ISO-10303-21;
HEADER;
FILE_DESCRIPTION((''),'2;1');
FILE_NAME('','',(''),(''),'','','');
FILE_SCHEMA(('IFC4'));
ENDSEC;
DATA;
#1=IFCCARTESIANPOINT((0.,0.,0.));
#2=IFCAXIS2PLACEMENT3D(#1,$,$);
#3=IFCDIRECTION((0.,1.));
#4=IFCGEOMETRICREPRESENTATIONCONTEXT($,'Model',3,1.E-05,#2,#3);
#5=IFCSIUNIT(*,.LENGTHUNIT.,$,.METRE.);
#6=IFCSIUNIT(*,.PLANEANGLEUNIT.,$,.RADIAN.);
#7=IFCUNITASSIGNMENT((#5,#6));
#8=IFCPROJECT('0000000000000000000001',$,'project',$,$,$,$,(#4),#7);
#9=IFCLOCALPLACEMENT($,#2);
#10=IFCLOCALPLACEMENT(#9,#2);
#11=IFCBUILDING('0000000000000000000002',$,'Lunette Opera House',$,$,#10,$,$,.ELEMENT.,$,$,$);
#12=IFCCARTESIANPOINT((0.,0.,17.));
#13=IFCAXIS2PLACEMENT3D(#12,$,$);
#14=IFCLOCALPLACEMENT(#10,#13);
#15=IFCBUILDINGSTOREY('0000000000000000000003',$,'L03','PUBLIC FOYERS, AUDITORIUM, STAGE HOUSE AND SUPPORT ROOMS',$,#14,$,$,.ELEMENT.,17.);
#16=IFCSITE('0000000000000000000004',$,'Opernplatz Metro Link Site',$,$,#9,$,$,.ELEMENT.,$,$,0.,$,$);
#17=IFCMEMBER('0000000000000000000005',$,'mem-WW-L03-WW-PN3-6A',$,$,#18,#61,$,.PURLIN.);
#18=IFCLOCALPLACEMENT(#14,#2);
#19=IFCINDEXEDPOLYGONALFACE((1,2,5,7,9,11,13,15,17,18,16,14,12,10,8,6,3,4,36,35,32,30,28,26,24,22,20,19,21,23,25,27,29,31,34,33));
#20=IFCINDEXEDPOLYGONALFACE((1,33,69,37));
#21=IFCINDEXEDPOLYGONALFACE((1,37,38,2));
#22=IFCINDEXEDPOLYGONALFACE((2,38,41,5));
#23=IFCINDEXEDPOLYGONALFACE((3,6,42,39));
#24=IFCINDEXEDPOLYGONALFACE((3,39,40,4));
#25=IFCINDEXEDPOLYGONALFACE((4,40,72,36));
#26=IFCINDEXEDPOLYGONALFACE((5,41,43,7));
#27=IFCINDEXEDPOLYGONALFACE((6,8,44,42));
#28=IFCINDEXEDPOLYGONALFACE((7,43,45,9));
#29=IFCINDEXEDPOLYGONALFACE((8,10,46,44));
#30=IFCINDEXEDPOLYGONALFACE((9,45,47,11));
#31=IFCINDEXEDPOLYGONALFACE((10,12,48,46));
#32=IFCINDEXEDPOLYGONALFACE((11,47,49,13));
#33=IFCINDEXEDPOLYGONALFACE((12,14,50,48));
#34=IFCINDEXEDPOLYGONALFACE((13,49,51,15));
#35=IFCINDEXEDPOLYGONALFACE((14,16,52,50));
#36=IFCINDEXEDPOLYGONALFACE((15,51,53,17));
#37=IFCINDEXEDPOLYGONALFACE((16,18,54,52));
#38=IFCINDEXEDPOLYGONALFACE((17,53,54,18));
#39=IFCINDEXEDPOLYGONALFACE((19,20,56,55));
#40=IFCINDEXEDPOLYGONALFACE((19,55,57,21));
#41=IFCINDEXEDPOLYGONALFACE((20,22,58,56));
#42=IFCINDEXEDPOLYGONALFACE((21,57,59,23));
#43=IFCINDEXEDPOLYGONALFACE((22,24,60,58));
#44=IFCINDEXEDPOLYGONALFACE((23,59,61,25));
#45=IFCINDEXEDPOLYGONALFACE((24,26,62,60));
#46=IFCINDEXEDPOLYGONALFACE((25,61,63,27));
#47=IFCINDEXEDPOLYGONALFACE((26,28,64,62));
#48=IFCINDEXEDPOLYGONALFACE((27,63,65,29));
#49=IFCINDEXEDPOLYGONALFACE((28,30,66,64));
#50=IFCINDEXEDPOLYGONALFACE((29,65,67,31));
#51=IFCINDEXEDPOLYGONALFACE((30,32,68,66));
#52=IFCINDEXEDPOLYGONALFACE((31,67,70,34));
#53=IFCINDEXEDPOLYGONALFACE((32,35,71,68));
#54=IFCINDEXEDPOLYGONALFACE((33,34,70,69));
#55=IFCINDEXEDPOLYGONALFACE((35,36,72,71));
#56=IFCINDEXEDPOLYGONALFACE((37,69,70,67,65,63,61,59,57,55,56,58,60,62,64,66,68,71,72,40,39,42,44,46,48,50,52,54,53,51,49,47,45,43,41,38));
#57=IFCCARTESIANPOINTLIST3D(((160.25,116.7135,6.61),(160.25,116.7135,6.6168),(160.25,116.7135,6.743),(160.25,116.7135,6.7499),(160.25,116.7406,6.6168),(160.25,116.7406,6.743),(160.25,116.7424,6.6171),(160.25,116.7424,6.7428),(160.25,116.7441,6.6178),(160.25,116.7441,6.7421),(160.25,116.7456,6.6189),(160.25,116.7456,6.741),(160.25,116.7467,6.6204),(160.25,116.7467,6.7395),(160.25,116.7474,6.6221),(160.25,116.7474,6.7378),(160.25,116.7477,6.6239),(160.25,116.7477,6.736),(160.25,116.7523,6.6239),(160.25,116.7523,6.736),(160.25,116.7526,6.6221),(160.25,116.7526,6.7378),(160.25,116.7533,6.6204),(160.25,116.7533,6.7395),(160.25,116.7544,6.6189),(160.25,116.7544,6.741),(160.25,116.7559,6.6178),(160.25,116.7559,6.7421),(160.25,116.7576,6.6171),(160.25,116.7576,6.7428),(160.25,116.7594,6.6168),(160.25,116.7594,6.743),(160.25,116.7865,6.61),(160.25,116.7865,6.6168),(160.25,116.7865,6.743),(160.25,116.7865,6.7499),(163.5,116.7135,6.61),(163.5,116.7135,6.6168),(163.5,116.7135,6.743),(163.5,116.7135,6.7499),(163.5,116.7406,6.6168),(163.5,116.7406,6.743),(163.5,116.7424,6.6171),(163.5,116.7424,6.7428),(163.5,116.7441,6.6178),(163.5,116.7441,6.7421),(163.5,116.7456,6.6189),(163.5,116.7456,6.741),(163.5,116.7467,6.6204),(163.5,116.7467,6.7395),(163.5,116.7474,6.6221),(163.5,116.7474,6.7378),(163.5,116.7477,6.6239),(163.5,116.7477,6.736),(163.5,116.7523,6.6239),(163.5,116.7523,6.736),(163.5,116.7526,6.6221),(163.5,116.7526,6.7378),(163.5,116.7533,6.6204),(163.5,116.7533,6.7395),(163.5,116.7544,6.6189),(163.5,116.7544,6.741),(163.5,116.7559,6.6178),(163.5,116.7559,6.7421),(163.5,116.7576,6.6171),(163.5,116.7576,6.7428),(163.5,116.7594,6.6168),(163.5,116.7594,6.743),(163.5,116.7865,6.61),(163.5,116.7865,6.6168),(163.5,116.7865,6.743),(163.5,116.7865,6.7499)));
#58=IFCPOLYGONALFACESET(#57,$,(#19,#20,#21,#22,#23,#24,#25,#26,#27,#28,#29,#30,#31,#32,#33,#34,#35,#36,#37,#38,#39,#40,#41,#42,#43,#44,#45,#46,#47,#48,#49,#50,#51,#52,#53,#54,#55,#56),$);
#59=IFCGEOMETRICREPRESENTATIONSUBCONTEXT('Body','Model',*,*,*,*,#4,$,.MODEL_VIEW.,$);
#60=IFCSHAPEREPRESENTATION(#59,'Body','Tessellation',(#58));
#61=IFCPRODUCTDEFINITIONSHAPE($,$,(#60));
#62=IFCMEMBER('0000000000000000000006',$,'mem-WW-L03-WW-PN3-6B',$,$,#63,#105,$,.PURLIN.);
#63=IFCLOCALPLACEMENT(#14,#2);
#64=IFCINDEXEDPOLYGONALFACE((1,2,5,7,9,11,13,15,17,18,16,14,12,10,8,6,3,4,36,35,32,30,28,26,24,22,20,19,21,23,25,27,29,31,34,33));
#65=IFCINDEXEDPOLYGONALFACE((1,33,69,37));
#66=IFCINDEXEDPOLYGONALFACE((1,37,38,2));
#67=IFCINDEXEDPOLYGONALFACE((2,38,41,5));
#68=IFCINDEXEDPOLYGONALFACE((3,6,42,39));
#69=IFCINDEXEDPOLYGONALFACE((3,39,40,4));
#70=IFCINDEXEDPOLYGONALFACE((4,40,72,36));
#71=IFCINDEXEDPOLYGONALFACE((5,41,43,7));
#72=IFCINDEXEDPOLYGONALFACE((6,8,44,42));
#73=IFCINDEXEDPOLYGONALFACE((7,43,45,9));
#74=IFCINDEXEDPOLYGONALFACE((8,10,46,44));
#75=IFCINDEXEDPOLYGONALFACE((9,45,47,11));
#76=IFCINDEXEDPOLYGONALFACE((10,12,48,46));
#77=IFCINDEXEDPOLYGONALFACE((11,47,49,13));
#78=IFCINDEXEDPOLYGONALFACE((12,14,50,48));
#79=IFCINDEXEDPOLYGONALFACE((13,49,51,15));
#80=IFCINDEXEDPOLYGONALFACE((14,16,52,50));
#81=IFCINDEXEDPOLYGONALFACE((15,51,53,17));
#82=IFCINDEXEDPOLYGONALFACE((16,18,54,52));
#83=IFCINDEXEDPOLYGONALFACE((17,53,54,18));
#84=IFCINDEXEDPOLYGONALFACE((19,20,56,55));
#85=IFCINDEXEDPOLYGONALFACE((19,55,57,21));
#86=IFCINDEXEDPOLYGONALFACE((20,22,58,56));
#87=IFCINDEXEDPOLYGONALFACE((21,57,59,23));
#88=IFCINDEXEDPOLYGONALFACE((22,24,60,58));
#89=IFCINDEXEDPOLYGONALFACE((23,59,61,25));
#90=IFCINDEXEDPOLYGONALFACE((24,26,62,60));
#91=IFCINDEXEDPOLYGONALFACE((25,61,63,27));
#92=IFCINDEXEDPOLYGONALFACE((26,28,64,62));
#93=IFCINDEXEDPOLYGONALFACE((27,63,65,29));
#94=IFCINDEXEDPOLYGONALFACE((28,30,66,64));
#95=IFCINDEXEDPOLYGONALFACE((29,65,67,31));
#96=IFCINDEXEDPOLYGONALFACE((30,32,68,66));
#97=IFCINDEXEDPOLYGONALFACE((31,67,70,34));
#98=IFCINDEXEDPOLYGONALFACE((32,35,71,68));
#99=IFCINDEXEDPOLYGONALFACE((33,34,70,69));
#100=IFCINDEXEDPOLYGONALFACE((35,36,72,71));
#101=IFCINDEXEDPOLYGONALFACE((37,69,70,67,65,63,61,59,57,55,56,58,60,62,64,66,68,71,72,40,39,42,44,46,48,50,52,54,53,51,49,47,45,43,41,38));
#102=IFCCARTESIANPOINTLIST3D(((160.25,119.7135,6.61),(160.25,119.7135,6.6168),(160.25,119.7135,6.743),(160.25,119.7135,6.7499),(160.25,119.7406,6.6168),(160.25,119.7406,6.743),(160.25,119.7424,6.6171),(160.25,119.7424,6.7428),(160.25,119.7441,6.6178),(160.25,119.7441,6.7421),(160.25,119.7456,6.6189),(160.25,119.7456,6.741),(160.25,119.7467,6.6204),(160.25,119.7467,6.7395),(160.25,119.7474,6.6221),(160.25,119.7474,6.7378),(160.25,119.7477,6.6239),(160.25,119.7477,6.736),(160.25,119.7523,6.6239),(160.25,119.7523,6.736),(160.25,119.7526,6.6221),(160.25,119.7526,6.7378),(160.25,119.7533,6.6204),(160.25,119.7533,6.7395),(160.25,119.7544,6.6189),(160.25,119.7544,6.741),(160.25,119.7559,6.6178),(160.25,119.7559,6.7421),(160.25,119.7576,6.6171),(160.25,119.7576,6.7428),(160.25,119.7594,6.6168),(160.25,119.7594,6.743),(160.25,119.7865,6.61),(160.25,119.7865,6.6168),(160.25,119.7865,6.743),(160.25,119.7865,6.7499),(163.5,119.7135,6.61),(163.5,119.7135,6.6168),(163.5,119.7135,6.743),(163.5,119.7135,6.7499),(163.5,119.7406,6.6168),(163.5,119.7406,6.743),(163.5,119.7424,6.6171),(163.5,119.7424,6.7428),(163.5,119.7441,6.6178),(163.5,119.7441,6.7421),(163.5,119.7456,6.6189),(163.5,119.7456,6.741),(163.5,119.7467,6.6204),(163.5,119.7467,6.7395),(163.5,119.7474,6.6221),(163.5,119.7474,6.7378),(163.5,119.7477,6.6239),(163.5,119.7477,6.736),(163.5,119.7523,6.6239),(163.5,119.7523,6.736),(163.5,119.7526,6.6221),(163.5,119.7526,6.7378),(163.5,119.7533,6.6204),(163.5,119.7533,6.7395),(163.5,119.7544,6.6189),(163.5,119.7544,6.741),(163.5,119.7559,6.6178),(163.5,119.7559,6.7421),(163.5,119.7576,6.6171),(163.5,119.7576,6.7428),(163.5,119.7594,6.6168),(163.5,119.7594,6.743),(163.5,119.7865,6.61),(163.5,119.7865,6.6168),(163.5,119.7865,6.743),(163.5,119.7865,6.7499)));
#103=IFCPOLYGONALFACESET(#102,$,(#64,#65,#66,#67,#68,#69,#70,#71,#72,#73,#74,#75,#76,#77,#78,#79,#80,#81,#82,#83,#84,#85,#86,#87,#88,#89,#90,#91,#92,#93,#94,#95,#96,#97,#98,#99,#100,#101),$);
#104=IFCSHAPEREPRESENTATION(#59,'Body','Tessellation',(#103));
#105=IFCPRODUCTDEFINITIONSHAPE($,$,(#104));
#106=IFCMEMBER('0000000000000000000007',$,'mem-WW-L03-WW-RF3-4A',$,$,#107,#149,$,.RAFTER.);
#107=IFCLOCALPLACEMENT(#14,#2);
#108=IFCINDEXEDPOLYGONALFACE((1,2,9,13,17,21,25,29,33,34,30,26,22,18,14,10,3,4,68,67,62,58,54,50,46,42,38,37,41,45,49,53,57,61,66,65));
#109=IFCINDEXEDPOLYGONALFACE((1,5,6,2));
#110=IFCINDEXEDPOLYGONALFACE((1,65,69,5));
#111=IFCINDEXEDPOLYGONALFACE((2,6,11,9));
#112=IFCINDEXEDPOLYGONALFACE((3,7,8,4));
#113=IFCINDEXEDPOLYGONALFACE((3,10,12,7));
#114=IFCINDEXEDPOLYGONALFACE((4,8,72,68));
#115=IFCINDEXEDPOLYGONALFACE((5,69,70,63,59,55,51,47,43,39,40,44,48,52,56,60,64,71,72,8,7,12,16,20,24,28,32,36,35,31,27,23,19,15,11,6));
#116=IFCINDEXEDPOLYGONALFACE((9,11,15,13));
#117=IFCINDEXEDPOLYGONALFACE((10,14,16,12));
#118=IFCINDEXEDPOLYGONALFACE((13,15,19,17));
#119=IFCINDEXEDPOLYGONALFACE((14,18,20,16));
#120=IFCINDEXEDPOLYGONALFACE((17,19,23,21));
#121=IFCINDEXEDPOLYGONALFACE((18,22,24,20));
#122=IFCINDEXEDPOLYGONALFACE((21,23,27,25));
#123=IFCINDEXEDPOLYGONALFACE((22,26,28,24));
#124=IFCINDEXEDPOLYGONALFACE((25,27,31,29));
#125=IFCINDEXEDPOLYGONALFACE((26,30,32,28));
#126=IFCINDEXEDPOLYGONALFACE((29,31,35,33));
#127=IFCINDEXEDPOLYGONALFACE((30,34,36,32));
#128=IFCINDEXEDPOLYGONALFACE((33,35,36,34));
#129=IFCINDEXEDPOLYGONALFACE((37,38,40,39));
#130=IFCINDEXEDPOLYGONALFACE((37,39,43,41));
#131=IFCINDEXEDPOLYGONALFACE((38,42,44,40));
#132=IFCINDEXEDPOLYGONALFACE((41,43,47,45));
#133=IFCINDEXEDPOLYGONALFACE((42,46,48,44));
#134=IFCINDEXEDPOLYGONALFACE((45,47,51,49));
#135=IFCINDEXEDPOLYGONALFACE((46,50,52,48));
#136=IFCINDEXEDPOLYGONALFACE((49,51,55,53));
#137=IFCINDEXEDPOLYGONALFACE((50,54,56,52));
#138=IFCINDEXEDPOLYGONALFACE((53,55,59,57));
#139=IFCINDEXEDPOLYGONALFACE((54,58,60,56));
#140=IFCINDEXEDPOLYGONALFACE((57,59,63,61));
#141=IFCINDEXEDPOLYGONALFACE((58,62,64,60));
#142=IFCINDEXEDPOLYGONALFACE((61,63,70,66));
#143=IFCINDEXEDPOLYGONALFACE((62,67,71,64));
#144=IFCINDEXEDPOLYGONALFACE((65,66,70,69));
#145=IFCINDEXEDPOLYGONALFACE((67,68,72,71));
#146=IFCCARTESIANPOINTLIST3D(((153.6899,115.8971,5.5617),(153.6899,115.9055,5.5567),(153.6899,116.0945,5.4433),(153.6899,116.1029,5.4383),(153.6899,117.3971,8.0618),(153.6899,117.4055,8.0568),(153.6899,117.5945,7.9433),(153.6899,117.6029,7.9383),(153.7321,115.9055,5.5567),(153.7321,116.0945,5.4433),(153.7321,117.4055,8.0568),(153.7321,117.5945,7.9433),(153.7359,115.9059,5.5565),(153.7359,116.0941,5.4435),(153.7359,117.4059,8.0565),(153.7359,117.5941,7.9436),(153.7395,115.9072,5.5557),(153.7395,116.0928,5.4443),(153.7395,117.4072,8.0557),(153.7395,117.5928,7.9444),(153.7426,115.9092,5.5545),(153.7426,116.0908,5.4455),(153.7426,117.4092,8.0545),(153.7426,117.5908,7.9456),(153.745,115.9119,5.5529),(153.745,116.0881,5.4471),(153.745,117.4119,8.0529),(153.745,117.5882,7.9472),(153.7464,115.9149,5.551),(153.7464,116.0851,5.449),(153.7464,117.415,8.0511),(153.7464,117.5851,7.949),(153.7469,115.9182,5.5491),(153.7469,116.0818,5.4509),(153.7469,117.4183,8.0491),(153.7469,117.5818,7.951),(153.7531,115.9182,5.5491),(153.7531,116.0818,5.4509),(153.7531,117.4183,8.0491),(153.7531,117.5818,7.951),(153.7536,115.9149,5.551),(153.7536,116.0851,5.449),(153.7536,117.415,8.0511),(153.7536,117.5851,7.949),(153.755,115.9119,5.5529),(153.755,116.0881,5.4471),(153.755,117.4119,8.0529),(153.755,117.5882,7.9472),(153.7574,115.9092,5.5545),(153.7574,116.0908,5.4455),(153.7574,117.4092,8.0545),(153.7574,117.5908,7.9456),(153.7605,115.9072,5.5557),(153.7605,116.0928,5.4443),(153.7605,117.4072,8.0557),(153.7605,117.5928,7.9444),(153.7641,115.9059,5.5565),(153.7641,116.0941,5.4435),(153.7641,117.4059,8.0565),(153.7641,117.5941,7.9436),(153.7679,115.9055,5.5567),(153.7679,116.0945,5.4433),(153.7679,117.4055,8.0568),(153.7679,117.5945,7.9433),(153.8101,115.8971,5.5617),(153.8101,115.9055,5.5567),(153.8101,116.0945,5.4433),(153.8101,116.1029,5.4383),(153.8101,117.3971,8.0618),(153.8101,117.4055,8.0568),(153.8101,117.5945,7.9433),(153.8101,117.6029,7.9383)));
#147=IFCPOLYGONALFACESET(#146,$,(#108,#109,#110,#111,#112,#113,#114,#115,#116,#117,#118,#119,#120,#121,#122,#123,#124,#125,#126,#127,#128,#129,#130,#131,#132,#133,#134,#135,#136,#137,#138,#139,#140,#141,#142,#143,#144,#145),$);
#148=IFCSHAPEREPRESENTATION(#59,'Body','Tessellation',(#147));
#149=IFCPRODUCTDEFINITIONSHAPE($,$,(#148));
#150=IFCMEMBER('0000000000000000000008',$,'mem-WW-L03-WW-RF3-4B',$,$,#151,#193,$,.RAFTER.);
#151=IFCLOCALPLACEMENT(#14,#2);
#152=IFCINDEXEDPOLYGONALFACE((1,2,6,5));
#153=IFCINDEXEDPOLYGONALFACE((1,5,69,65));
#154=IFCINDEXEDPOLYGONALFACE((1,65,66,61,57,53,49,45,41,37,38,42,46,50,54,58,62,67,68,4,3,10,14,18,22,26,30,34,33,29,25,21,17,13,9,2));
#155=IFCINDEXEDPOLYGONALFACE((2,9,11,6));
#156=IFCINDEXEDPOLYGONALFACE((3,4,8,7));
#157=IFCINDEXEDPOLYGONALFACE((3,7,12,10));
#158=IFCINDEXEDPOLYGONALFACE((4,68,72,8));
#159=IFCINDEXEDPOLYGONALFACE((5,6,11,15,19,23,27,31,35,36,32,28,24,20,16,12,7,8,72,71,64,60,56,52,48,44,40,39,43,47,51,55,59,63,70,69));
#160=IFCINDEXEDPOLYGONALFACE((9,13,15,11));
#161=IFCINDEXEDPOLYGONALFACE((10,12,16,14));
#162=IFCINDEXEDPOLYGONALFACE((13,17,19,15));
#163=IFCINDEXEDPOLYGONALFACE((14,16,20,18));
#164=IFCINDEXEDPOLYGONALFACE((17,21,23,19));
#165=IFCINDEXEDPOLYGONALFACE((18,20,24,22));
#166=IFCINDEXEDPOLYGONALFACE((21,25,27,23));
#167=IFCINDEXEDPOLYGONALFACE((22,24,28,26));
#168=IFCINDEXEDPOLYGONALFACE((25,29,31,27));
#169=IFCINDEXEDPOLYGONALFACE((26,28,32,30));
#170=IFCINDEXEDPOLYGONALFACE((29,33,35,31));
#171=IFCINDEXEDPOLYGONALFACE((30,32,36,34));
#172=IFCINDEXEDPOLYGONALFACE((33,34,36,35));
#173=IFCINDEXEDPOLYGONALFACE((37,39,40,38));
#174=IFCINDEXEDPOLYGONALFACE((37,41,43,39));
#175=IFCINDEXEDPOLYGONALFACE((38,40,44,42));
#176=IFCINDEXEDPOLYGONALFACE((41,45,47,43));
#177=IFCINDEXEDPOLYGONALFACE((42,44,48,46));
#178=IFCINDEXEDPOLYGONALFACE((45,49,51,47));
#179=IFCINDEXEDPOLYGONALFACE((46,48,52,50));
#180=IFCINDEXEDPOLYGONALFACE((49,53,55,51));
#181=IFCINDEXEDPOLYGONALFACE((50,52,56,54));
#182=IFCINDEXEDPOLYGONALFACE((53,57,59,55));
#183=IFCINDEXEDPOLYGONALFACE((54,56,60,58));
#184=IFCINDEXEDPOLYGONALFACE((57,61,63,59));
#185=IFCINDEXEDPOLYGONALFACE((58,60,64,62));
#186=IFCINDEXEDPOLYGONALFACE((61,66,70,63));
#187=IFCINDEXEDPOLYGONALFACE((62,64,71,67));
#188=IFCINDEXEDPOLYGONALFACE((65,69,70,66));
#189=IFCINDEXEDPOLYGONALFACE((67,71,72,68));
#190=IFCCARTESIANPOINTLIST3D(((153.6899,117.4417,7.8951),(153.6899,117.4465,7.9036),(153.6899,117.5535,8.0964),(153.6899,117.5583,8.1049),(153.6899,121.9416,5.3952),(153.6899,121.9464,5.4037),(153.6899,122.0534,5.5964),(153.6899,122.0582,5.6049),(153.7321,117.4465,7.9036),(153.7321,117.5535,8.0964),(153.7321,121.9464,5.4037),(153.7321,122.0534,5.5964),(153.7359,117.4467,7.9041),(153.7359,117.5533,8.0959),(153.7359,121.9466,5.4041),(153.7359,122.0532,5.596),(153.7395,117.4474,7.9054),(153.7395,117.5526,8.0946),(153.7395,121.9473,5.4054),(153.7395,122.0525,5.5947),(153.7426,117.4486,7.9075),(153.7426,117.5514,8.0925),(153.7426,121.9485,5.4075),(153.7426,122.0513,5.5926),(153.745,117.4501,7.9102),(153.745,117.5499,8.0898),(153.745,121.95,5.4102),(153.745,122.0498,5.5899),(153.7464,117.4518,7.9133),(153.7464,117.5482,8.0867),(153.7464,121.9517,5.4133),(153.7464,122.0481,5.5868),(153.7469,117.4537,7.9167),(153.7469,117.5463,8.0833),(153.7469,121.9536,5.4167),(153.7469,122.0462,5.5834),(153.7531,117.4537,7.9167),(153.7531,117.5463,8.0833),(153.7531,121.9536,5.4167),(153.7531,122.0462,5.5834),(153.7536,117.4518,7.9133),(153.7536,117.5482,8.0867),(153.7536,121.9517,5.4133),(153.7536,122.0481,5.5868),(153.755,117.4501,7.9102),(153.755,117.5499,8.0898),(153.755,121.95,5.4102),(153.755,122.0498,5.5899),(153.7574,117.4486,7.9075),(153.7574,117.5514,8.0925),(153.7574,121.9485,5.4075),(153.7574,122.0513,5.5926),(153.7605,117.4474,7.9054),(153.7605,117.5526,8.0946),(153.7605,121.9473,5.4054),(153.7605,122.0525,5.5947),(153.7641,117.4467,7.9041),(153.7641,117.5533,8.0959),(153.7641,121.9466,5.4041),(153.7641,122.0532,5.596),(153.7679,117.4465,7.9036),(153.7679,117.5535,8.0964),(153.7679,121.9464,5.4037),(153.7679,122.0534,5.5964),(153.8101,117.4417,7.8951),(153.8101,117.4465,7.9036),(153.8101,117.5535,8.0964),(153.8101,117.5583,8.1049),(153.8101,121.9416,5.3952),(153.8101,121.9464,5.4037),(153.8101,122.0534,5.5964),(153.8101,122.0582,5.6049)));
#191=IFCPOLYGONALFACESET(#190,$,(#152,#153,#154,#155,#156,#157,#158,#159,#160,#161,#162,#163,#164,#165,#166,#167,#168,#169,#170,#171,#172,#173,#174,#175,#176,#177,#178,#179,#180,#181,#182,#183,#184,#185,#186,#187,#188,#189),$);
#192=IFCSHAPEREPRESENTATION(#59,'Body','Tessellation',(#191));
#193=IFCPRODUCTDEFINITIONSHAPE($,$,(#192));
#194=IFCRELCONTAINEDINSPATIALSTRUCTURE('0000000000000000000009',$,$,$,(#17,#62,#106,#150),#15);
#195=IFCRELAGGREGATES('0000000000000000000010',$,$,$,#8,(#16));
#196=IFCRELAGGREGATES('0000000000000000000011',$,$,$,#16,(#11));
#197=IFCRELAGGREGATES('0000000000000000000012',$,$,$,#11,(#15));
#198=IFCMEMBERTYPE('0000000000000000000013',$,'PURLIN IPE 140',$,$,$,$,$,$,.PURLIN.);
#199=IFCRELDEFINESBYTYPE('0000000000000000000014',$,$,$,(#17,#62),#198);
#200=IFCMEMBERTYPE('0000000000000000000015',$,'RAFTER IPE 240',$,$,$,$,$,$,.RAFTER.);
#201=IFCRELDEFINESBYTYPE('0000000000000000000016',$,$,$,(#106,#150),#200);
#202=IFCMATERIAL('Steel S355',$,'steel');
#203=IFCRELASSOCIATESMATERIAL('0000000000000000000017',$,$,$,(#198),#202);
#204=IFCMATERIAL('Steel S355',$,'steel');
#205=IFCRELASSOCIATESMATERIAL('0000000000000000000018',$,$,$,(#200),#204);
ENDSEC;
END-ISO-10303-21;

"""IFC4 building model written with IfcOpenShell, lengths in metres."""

from ifc_helpers import new_model, si_unit, direction, frame, origin, origin_2d, place, context, subcontext, project, spatial, i_section, extrude, material, material_profile, profile_set, type_object, element, save


model = new_model("IFC4")

# Units and contexts
model_context = context("Model", 3, precision=1e-05, world=origin(), true_north=direction((0.0, 1.0)))
body_context = subcontext(model_context, "Body", "Model", "MODEL_VIEW")
ifc_project = project(units=[si_unit("LENGTHUNIT", "METRE"), si_unit("PLANEANGLEUNIT", "RADIAN")], contexts=[model_context])

# Site, building, storey
site_placement = place(None, origin())
site = spatial("IfcSite", under=ifc_project, at=site_placement, Name="Opernplatz Metro Link Site", CompositionType="ELEMENT", RefElevation=0.0)
building_placement = place(site_placement, origin())
building = spatial("IfcBuilding", under=site, at=building_placement, Name="Lunette Opera House", CompositionType="ELEMENT")
storey_placement = place(building_placement, frame((0.0, 0.0, 17.0)))
storey = spatial("IfcBuildingStorey", under=building, at=storey_placement, Name="L03", Description="PUBLIC FOYERS, AUDITORIUM, STAGE HOUSE AND SUPPORT ROOMS", CompositionType="ELEMENT", Elevation=17.0)

# Members
ifc_material_1 = material(Name="Steel S355", Category="steel")
ifc_material_profile_1 = material_profile(ifc_material_1, i_section(OverallWidth=0.073, OverallDepth=0.1399, WebThickness=0.0046, FlangeThickness=0.0068, FilletRadius=0.0071, at=origin_2d()), Name="IPE 140")
ifc_profile_set_1 = profile_set([ifc_material_profile_1], Name="Steel S355")
member_type_1 = type_object("IfcMemberType", Name="PURLIN IPE 140", PredefinedType="PURLIN", material=ifc_profile_set_1)
for number, where, z_axis, x_axis, name in (
    (1, (160.25, 116.75, 6.6799), (1.0, 0.0, 0.0), (0.0, 1.0, 0.0), "mem-WW-L03-WW-PN3-6A"),
    (2, (160.25, 119.75, 6.6799), (1.0, 0.0, 0.0), (0.0, 1.0, 0.0), "mem-WW-L03-WW-PN3-6B"),
):
    element("IfcMember", number, at=place(storey_placement, frame(where, z_axis=z_axis, x_axis=x_axis)), inside=storey, type_object=member_type_1, Name=name, PredefinedType="PURLIN", context=body_context, shape_type="SweptSolid", body=[
        extrude(i_section(OverallWidth=0.073, OverallDepth=0.1399, WebThickness=0.0046, FlangeThickness=0.0068, FilletRadius=0.0071, at=origin_2d()), origin(), (0.0, 0.0, 1.0), 3.25),
    ])
ifc_material_2 = material(Name="Steel S355", Category="steel")
ifc_material_profile_2 = material_profile(ifc_material_2, i_section(OverallWidth=0.1201, OverallDepth=0.24, WebThickness=0.0061, FlangeThickness=0.0098, FilletRadius=0.0149, at=origin_2d()), Name="IPE 240")
ifc_profile_set_2 = profile_set([ifc_material_profile_2], Name="Steel S355")
member_type_2 = type_object("IfcMemberType", Name="RAFTER IPE 240", PredefinedType="RAFTER", material=ifc_profile_set_2)
member_1_placement = place(storey_placement, frame((153.75, 116.0, 5.5), z_axis=(0.0, 0.514496, 0.857493), x_axis=(-1.0, 0.0, 0.0)))
element("IfcMember", 3, at=member_1_placement, inside=storey, type_object=member_type_2, Name="mem-WW-L03-WW-RF3-4A", PredefinedType="RAFTER", context=body_context, shape_type="SweptSolid", body=[
    extrude(i_section(OverallWidth=0.1201, OverallDepth=0.24, WebThickness=0.0061, FlangeThickness=0.0098, FilletRadius=0.0149, at=origin_2d()), origin(), (0.0, 0.0, 1.0), 2.9155),
])
member_2_placement = place(storey_placement, frame((153.75, 117.5, 8.0), z_axis=(0.0, 0.874157, -0.485643), x_axis=(-1.0, 0.0, 0.0)))
element("IfcMember", 4, at=member_2_placement, inside=storey, type_object=member_type_2, Name="mem-WW-L03-WW-RF3-4B", PredefinedType="RAFTER", context=body_context, shape_type="SweptSolid", body=[
    extrude(i_section(OverallWidth=0.1201, OverallDepth=0.24, WebThickness=0.0061, FlangeThickness=0.0098, FilletRadius=0.0149, at=origin_2d()), origin(), (0.0, 0.0, 1.0), 5.1477),
])

save(model, "model.ifc")
